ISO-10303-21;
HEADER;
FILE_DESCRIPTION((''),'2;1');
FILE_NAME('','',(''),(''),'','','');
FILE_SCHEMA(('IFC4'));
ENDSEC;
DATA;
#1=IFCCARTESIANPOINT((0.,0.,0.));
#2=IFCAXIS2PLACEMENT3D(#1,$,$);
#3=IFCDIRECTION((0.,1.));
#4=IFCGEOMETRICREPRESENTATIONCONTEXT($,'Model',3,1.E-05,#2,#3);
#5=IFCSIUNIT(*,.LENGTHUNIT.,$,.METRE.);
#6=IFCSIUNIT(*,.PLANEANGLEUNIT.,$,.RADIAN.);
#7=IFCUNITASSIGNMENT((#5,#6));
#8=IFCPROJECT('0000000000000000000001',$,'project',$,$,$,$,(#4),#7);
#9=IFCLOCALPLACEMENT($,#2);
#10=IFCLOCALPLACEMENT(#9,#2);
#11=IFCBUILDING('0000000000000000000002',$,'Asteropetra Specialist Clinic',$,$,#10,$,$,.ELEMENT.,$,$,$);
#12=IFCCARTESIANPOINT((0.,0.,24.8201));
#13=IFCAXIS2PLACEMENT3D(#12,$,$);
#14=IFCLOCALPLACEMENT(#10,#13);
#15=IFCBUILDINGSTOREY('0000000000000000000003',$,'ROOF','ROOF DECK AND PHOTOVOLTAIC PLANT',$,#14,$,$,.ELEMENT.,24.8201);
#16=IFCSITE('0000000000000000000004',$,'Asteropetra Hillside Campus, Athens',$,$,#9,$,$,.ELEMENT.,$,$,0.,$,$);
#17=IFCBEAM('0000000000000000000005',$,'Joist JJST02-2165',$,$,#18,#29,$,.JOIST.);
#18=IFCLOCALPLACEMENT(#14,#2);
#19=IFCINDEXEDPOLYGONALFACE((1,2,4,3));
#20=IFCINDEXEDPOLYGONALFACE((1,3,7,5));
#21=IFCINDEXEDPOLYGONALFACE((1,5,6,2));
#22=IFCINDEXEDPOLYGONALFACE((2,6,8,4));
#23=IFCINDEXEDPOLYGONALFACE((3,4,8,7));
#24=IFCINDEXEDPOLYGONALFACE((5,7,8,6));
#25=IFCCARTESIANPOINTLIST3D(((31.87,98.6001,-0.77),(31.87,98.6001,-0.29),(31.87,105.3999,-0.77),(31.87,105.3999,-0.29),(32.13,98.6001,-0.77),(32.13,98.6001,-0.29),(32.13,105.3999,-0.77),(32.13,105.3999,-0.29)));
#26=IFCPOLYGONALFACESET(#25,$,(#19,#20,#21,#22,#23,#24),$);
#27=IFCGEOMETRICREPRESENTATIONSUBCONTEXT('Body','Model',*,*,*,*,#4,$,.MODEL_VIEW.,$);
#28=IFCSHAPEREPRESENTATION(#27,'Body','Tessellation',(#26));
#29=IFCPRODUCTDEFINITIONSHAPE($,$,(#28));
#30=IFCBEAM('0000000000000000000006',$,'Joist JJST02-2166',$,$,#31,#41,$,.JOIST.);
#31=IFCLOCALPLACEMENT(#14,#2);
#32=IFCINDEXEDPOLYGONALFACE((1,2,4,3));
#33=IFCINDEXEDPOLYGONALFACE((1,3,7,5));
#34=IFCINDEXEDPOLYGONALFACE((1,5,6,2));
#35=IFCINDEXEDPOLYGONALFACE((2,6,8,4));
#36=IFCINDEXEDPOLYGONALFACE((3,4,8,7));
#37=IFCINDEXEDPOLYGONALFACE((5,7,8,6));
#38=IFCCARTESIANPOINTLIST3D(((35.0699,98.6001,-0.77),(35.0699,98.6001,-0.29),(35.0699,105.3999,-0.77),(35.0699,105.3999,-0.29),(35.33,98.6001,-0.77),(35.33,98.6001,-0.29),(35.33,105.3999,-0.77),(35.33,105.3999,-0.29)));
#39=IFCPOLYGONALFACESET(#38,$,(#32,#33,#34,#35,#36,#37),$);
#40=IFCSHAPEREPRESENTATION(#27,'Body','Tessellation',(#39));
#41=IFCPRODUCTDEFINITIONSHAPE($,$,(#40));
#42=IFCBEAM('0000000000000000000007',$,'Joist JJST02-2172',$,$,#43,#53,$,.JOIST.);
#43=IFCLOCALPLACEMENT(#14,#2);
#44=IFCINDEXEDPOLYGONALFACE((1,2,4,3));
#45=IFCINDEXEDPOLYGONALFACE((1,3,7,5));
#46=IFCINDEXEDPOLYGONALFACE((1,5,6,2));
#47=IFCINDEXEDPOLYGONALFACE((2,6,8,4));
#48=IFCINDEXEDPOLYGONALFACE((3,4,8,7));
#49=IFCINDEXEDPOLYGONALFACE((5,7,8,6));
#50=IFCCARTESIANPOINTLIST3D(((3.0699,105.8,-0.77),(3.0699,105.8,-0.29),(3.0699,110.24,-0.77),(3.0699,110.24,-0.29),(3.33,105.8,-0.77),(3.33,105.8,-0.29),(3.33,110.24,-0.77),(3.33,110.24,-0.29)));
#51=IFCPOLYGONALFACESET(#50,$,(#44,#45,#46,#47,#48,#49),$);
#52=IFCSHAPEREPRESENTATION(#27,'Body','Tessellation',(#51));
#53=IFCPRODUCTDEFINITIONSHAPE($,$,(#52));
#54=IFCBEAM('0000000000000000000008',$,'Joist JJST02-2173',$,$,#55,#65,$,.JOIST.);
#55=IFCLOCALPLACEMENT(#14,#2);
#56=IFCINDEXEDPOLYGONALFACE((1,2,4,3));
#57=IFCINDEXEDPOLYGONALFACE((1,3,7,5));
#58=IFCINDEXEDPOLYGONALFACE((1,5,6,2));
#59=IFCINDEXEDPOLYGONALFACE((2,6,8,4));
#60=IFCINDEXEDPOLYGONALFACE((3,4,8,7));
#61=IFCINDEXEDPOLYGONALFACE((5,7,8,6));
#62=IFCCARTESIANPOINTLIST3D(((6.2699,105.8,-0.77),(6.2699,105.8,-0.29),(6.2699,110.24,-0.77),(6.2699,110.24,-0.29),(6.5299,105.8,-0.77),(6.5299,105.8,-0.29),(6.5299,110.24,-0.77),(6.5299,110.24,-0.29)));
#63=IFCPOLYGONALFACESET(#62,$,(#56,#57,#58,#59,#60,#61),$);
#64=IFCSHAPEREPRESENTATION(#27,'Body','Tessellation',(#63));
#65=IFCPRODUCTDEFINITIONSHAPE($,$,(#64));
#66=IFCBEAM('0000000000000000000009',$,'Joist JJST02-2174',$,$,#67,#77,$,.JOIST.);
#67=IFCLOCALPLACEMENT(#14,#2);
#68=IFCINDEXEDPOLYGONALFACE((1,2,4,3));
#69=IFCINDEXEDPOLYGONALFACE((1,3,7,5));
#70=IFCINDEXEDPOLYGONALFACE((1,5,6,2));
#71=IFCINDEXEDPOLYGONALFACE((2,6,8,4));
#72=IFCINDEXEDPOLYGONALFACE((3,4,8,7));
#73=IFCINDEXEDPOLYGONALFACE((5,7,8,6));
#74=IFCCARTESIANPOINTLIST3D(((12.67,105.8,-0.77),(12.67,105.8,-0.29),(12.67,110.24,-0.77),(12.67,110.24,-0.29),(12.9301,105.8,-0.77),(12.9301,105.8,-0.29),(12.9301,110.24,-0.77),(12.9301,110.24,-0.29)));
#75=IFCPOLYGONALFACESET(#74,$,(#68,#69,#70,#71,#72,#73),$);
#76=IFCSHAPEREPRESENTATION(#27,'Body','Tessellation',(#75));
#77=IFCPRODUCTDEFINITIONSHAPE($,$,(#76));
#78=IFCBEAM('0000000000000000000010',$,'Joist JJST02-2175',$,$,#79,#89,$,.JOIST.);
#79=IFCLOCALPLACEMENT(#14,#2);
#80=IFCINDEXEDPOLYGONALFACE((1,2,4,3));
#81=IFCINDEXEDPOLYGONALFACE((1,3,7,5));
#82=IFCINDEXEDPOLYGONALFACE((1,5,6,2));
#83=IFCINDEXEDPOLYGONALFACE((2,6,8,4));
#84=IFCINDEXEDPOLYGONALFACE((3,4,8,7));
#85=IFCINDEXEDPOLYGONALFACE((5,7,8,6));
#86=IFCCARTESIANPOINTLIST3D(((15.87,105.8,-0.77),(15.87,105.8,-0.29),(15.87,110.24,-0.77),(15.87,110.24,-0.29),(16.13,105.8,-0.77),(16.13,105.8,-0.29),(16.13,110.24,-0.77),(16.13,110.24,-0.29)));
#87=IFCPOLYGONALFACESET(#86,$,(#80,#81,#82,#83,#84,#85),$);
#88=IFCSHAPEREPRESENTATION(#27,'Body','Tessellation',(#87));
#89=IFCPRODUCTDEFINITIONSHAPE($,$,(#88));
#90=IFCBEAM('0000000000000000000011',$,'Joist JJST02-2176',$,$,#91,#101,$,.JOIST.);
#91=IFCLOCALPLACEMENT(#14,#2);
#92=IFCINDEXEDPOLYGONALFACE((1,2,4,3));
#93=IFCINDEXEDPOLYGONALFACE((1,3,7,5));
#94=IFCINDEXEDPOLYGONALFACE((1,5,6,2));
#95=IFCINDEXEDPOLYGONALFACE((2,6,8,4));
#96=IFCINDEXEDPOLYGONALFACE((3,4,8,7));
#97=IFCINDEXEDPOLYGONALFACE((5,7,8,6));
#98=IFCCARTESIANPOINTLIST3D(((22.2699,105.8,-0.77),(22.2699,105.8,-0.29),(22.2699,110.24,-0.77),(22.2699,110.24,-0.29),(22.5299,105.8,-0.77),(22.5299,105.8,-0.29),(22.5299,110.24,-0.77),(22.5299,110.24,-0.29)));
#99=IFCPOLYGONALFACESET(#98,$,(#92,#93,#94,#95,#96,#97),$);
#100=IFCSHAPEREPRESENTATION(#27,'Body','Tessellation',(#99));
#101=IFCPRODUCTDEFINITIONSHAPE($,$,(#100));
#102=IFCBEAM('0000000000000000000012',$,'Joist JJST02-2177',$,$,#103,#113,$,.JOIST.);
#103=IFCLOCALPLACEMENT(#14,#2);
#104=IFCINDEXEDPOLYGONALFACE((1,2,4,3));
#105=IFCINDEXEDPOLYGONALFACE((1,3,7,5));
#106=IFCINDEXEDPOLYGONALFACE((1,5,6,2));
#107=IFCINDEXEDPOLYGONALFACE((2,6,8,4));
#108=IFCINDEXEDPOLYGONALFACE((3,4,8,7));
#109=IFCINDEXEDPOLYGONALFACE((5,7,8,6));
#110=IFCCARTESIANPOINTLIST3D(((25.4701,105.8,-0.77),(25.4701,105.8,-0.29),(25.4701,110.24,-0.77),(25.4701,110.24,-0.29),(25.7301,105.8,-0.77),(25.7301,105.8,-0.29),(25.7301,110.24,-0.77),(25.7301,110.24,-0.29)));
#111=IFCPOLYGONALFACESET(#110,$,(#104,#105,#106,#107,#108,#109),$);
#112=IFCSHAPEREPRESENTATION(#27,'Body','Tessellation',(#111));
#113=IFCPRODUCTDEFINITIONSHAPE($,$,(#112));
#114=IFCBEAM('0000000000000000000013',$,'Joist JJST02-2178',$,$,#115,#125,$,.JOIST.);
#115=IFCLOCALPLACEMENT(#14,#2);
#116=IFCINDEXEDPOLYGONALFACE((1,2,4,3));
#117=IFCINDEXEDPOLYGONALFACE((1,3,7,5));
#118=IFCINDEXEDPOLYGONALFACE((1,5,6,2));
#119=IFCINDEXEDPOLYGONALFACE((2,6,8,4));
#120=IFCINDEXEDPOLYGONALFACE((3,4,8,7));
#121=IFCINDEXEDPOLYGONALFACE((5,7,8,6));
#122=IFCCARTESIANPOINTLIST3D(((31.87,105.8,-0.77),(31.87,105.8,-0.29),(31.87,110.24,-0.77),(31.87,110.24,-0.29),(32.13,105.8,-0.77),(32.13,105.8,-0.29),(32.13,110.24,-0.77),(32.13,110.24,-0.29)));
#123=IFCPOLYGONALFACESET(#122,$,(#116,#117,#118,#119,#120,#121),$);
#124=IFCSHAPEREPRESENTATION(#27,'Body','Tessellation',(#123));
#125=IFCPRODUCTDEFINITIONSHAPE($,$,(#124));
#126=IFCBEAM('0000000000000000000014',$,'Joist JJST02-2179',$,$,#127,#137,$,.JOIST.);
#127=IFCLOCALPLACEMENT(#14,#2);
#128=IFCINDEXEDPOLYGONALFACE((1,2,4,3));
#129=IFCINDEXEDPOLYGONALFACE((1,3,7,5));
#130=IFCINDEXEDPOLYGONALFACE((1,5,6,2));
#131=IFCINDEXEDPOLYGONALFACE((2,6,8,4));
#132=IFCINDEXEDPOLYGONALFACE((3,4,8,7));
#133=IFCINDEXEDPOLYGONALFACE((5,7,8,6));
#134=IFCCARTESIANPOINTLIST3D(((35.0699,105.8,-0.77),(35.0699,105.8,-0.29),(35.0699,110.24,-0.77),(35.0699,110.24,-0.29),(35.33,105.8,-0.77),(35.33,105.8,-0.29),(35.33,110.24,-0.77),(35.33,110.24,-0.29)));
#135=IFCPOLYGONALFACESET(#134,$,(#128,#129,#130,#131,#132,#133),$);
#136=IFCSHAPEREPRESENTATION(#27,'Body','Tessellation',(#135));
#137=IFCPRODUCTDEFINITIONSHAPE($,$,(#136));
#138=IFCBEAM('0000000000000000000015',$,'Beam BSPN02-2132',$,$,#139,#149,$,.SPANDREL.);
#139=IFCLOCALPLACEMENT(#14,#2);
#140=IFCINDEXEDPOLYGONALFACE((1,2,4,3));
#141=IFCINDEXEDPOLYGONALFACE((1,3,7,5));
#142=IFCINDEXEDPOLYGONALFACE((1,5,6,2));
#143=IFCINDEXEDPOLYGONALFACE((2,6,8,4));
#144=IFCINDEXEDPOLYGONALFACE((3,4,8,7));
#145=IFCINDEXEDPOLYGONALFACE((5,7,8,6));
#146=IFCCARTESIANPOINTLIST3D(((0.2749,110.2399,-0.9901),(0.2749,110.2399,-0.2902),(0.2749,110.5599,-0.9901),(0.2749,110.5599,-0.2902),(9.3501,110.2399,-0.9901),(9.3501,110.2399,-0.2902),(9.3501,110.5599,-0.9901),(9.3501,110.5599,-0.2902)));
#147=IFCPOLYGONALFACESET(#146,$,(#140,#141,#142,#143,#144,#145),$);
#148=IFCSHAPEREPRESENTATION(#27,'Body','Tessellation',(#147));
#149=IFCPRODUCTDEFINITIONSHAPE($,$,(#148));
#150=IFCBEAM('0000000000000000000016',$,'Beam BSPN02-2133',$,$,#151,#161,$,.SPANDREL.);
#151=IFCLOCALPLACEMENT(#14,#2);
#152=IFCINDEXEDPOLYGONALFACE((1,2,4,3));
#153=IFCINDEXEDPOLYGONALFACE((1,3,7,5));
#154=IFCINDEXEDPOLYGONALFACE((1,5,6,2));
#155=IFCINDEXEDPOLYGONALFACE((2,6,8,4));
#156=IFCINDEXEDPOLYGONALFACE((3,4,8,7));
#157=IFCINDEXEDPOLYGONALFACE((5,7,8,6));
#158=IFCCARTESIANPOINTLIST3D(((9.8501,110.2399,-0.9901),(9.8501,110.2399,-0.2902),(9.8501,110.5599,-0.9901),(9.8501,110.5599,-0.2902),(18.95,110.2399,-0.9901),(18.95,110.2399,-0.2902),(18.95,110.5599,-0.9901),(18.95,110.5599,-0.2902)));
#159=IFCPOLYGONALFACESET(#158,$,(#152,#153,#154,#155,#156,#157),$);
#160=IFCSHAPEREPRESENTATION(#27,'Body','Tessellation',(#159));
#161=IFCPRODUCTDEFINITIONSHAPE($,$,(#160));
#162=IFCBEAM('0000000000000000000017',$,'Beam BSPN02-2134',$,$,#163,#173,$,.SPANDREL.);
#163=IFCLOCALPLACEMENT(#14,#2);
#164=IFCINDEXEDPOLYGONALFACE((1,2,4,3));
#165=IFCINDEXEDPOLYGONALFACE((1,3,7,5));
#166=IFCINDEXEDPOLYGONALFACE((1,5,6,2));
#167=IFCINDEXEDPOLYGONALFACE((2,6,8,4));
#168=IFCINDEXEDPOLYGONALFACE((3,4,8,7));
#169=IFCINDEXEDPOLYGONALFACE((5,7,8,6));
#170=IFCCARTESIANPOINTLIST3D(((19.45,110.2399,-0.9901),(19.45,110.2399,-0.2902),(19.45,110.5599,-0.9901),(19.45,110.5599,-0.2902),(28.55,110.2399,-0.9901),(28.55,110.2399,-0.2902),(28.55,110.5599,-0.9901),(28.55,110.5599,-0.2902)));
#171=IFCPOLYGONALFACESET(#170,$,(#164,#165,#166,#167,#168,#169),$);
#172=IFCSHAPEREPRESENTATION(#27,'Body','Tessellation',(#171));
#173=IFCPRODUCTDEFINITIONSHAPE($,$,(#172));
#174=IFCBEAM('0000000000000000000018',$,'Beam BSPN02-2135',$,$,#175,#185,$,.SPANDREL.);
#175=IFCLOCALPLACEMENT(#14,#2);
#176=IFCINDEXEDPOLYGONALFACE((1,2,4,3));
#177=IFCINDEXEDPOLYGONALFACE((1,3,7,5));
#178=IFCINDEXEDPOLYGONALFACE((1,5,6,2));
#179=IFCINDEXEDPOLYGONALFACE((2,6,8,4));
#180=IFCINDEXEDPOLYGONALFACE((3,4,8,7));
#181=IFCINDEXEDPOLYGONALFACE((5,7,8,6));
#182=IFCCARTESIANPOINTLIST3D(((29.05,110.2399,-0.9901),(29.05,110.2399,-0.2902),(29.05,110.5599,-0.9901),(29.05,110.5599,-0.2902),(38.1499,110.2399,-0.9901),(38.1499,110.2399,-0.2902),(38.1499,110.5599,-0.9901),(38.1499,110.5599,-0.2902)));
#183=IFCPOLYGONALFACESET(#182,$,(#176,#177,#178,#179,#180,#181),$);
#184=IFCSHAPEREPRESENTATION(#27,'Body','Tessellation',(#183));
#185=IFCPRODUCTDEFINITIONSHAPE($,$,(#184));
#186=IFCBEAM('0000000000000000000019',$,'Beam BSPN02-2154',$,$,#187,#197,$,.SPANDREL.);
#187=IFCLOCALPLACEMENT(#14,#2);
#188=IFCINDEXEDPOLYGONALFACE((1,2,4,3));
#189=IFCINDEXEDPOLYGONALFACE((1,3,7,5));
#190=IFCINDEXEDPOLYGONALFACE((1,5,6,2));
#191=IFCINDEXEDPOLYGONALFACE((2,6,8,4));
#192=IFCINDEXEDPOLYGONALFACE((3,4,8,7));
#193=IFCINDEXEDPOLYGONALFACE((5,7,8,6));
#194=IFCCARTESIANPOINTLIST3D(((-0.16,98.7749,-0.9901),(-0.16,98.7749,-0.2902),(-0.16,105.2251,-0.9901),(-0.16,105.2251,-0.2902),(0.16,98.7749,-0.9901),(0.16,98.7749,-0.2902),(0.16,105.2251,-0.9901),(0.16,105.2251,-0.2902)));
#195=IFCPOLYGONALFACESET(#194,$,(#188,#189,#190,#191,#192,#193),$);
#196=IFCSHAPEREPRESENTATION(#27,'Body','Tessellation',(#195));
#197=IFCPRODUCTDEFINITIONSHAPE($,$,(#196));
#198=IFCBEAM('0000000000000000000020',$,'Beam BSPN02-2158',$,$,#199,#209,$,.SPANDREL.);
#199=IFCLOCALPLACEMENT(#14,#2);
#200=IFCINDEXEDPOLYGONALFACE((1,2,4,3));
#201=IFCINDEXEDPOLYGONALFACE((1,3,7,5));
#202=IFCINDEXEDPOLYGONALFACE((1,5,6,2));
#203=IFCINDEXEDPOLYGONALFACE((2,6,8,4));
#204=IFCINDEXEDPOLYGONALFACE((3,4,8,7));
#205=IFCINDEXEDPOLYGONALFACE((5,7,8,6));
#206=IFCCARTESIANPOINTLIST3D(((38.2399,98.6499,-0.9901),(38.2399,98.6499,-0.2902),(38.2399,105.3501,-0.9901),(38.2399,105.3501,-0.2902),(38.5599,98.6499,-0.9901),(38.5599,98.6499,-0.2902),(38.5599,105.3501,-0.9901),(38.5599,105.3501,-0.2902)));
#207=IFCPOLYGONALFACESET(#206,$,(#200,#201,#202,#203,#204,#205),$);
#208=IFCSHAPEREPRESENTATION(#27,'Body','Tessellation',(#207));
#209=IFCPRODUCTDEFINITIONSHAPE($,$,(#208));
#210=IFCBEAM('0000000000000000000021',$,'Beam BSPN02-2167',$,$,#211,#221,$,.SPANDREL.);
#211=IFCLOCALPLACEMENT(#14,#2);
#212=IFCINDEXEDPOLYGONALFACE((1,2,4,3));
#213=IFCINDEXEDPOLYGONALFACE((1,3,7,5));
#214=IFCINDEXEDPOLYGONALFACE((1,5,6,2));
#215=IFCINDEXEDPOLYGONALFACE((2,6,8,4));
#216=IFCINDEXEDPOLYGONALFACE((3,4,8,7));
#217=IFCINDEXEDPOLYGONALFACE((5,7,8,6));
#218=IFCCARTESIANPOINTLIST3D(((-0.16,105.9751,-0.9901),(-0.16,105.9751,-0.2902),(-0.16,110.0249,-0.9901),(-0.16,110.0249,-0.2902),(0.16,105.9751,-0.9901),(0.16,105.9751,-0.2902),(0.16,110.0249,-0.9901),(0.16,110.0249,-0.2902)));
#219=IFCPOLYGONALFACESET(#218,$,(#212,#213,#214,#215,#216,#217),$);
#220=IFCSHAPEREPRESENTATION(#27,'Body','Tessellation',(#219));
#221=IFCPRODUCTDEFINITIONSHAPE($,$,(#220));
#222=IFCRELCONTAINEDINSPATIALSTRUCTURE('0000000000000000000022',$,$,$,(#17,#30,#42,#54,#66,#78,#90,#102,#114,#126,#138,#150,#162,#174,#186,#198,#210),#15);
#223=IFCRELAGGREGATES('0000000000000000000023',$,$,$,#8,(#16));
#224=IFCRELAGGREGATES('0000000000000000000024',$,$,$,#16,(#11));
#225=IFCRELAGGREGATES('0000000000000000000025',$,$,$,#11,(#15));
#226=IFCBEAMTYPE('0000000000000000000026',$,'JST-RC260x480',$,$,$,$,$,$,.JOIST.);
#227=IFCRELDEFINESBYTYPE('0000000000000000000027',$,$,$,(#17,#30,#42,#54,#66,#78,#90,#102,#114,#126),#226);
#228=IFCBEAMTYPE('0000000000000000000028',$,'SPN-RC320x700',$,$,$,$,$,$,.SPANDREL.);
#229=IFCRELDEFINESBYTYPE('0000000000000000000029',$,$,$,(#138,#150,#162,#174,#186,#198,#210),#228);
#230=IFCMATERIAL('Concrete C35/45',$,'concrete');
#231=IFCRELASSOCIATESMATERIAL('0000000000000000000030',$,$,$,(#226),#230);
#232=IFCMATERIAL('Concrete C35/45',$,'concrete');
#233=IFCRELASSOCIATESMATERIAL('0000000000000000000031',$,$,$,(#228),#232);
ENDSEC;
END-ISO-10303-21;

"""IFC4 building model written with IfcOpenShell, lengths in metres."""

from ifc_helpers import new_model, si_unit, direction, frame, origin, origin_2d, place, context, subcontext, project, spatial, rectangle, extrude, material, material_profile, profile_set, type_object, element, save


model = new_model("IFC4")

# Units and contexts
model_context = context("Model", 3, precision=1e-05, world=origin(), true_north=direction((0.0, 1.0)))
body_context = subcontext(model_context, "Body", "Model", "MODEL_VIEW")
ifc_project = project(units=[si_unit("LENGTHUNIT", "METRE"), si_unit("PLANEANGLEUNIT", "RADIAN")], contexts=[model_context])

# Site, building, storey
site_placement = place(None, origin())
site = spatial("IfcSite", under=ifc_project, at=site_placement, Name="Asteropetra Hillside Campus, Athens", CompositionType="ELEMENT", RefElevation=0.0)
building_placement = place(site_placement, origin())
building = spatial("IfcBuilding", under=site, at=building_placement, Name="Asteropetra Specialist Clinic", CompositionType="ELEMENT")
storey_placement = place(building_placement, frame((0.0, 0.0, 24.8201)))
storey = spatial("IfcBuildingStorey", under=building, at=storey_placement, Name="ROOF", Description="ROOF DECK AND PHOTOVOLTAIC PLANT", CompositionType="ELEMENT", Elevation=24.8201)

# Beams
ifc_material_1 = material(Name="Concrete C35/45", Category="concrete")
ifc_material_profile_1 = material_profile(ifc_material_1, rectangle(XDim=0.26, YDim=0.48, at=origin_2d()), Name="RCJ 260x480")
ifc_profile_set_1 = profile_set([ifc_material_profile_1], Name="Concrete C35/45")
beam_type_1 = type_object("IfcBeamType", Name="JST-RC260x480", PredefinedType="JOIST", material=ifc_profile_set_1)
for number, where, z_axis, x_axis, name in (
    (1, (32.0, 98.6001, -0.53), (0.0, 1.0, 0.0), (-1.0, 0.0, 0.0), "Joist JJST02-2165"),
    (2, (35.2, 98.6001, -0.53), (0.0, 1.0, 0.0), (-1.0, 0.0, 0.0), "Joist JJST02-2166"),
):
    element("IfcBeam", number, at=place(storey_placement, frame(where, z_axis=z_axis, x_axis=x_axis)), inside=storey, type_object=beam_type_1, Name=name, PredefinedType="JOIST", context=body_context, shape_type="SweptSolid", body=[
        extrude(rectangle(XDim=0.26, YDim=0.48, at=origin_2d()), origin(), (0.0, 0.0, 1.0), 6.7998),
    ])
for number, where, z_axis, x_axis, name in (
    (3, (3.2, 105.8, -0.53), (0.0, 1.0, 0.0), (-1.0, 0.0, 0.0), "Joist JJST02-2172"),
    (4, (6.3999, 105.8, -0.53), (0.0, 1.0, 0.0), (-1.0, 0.0, 0.0), "Joist JJST02-2173"),
    (5, (12.8, 105.8, -0.53), (0.0, 1.0, 0.0), (-1.0, 0.0, 0.0), "Joist JJST02-2174"),
    (6, (16.0, 105.8, -0.53), (0.0, 1.0, 0.0), (-1.0, 0.0, 0.0), "Joist JJST02-2175"),
    (7, (22.3999, 105.8, -0.53), (0.0, 1.0, 0.0), (-1.0, 0.0, 0.0), "Joist JJST02-2176"),
    (8, (25.6001, 105.8, -0.53), (0.0, 1.0, 0.0), (-1.0, 0.0, 0.0), "Joist JJST02-2177"),
    (9, (32.0, 105.8, -0.53), (0.0, 1.0, 0.0), (-1.0, 0.0, 0.0), "Joist JJST02-2178"),
    (10, (35.2, 105.8, -0.53), (0.0, 1.0, 0.0), (-1.0, 0.0, 0.0), "Joist JJST02-2179"),
):
    element("IfcBeam", number, at=place(storey_placement, frame(where, z_axis=z_axis, x_axis=x_axis)), inside=storey, type_object=beam_type_1, Name=name, PredefinedType="JOIST", context=body_context, shape_type="SweptSolid", body=[
        extrude(rectangle(XDim=0.26, YDim=0.48, at=origin_2d()), origin(), (0.0, 0.0, 1.0), 4.4399),
    ])
ifc_material_2 = material(Name="Concrete C35/45", Category="concrete")
ifc_material_profile_2 = material_profile(ifc_material_2, rectangle(XDim=0.3201, YDim=0.7, at=origin_2d()), Name="RCS 320x700")
ifc_profile_set_2 = profile_set([ifc_material_profile_2], Name="Concrete C35/45")
beam_type_2 = type_object("IfcBeamType", Name="SPN-RC320x700", PredefinedType="SPANDREL", material=ifc_profile_set_2)
beam_1_placement = place(storey_placement, frame((0.2749, 110.3999, -0.6401), z_axis=(1.0, 0.0, 0.0), x_axis=(0.0, 1.0, 0.0)))
element("IfcBeam", 11, at=beam_1_placement, inside=storey, type_object=beam_type_2, Name="Beam BSPN02-2132", PredefinedType="SPANDREL", context=body_context, shape_type="SweptSolid", body=[
    extrude(rectangle(XDim=0.3201, YDim=0.7, at=origin_2d()), origin(), (0.0, 0.0, 1.0), 9.0752),
])
beam_2_placement = place(storey_placement, frame((9.8501, 110.3999, -0.6401), z_axis=(1.0, 0.0, 0.0), x_axis=(0.0, 1.0, 0.0)))
element("IfcBeam", 12, at=beam_2_placement, inside=storey, type_object=beam_type_2, Name="Beam BSPN02-2133", PredefinedType="SPANDREL", context=body_context, shape_type="SweptSolid", body=[
    extrude(rectangle(XDim=0.3201, YDim=0.7, at=origin_2d()), origin(), (0.0, 0.0, 1.0), 9.0999),
])
beam_3_placement = place(storey_placement, frame((19.45, 110.3999, -0.6401), z_axis=(1.0, 0.0, 0.0), x_axis=(0.0, 1.0, 0.0)))
element("IfcBeam", 13, at=beam_3_placement, inside=storey, type_object=beam_type_2, Name="Beam BSPN02-2134", PredefinedType="SPANDREL", context=body_context, shape_type="SweptSolid", body=[
    extrude(rectangle(XDim=0.3201, YDim=0.7, at=origin_2d()), origin(), (0.0, 0.0, 1.0), 9.1001),
])
beam_4_placement = place(storey_placement, frame((29.05, 110.3999, -0.6401), z_axis=(1.0, 0.0, 0.0), x_axis=(0.0, 1.0, 0.0)))
element("IfcBeam", 14, at=beam_4_placement, inside=storey, type_object=beam_type_2, Name="Beam BSPN02-2135", PredefinedType="SPANDREL", context=body_context, shape_type="SweptSolid", body=[
    extrude(rectangle(XDim=0.3201, YDim=0.7, at=origin_2d()), origin(), (0.0, 0.0, 1.0), 9.0999),
])
beam_5_placement = place(storey_placement, frame((0.0, 98.7749, -0.6401), z_axis=(0.0, 1.0, 0.0), x_axis=(-1.0, 0.0, 0.0)))
element("IfcBeam", 15, at=beam_5_placement, inside=storey, type_object=beam_type_2, Name="Beam BSPN02-2154", PredefinedType="SPANDREL", context=body_context, shape_type="SweptSolid", body=[
    extrude(rectangle(XDim=0.3201, YDim=0.7, at=origin_2d()), origin(), (0.0, 0.0, 1.0), 6.4502),
])
beam_6_placement = place(storey_placement, frame((38.3999, 98.6499, -0.6401), z_axis=(0.0, 1.0, 0.0), x_axis=(-1.0, 0.0, 0.0)))
element("IfcBeam", 16, at=beam_6_placement, inside=storey, type_object=beam_type_2, Name="Beam BSPN02-2158", PredefinedType="SPANDREL", context=body_context, shape_type="SweptSolid", body=[
    extrude(rectangle(XDim=0.3201, YDim=0.7, at=origin_2d()), origin(), (0.0, 0.0, 1.0), 6.7002),
])
beam_7_placement = place(storey_placement, frame((0.0, 105.9751, -0.6401), z_axis=(0.0, 1.0, 0.0), x_axis=(-1.0, 0.0, 0.0)))
element("IfcBeam", 17, at=beam_7_placement, inside=storey, type_object=beam_type_2, Name="Beam BSPN02-2167", PredefinedType="SPANDREL", context=body_context, shape_type="SweptSolid", body=[
    extrude(rectangle(XDim=0.3201, YDim=0.7, at=origin_2d()), origin(), (0.0, 0.0, 1.0), 4.0498),
])

save(model, "model.ifc")
